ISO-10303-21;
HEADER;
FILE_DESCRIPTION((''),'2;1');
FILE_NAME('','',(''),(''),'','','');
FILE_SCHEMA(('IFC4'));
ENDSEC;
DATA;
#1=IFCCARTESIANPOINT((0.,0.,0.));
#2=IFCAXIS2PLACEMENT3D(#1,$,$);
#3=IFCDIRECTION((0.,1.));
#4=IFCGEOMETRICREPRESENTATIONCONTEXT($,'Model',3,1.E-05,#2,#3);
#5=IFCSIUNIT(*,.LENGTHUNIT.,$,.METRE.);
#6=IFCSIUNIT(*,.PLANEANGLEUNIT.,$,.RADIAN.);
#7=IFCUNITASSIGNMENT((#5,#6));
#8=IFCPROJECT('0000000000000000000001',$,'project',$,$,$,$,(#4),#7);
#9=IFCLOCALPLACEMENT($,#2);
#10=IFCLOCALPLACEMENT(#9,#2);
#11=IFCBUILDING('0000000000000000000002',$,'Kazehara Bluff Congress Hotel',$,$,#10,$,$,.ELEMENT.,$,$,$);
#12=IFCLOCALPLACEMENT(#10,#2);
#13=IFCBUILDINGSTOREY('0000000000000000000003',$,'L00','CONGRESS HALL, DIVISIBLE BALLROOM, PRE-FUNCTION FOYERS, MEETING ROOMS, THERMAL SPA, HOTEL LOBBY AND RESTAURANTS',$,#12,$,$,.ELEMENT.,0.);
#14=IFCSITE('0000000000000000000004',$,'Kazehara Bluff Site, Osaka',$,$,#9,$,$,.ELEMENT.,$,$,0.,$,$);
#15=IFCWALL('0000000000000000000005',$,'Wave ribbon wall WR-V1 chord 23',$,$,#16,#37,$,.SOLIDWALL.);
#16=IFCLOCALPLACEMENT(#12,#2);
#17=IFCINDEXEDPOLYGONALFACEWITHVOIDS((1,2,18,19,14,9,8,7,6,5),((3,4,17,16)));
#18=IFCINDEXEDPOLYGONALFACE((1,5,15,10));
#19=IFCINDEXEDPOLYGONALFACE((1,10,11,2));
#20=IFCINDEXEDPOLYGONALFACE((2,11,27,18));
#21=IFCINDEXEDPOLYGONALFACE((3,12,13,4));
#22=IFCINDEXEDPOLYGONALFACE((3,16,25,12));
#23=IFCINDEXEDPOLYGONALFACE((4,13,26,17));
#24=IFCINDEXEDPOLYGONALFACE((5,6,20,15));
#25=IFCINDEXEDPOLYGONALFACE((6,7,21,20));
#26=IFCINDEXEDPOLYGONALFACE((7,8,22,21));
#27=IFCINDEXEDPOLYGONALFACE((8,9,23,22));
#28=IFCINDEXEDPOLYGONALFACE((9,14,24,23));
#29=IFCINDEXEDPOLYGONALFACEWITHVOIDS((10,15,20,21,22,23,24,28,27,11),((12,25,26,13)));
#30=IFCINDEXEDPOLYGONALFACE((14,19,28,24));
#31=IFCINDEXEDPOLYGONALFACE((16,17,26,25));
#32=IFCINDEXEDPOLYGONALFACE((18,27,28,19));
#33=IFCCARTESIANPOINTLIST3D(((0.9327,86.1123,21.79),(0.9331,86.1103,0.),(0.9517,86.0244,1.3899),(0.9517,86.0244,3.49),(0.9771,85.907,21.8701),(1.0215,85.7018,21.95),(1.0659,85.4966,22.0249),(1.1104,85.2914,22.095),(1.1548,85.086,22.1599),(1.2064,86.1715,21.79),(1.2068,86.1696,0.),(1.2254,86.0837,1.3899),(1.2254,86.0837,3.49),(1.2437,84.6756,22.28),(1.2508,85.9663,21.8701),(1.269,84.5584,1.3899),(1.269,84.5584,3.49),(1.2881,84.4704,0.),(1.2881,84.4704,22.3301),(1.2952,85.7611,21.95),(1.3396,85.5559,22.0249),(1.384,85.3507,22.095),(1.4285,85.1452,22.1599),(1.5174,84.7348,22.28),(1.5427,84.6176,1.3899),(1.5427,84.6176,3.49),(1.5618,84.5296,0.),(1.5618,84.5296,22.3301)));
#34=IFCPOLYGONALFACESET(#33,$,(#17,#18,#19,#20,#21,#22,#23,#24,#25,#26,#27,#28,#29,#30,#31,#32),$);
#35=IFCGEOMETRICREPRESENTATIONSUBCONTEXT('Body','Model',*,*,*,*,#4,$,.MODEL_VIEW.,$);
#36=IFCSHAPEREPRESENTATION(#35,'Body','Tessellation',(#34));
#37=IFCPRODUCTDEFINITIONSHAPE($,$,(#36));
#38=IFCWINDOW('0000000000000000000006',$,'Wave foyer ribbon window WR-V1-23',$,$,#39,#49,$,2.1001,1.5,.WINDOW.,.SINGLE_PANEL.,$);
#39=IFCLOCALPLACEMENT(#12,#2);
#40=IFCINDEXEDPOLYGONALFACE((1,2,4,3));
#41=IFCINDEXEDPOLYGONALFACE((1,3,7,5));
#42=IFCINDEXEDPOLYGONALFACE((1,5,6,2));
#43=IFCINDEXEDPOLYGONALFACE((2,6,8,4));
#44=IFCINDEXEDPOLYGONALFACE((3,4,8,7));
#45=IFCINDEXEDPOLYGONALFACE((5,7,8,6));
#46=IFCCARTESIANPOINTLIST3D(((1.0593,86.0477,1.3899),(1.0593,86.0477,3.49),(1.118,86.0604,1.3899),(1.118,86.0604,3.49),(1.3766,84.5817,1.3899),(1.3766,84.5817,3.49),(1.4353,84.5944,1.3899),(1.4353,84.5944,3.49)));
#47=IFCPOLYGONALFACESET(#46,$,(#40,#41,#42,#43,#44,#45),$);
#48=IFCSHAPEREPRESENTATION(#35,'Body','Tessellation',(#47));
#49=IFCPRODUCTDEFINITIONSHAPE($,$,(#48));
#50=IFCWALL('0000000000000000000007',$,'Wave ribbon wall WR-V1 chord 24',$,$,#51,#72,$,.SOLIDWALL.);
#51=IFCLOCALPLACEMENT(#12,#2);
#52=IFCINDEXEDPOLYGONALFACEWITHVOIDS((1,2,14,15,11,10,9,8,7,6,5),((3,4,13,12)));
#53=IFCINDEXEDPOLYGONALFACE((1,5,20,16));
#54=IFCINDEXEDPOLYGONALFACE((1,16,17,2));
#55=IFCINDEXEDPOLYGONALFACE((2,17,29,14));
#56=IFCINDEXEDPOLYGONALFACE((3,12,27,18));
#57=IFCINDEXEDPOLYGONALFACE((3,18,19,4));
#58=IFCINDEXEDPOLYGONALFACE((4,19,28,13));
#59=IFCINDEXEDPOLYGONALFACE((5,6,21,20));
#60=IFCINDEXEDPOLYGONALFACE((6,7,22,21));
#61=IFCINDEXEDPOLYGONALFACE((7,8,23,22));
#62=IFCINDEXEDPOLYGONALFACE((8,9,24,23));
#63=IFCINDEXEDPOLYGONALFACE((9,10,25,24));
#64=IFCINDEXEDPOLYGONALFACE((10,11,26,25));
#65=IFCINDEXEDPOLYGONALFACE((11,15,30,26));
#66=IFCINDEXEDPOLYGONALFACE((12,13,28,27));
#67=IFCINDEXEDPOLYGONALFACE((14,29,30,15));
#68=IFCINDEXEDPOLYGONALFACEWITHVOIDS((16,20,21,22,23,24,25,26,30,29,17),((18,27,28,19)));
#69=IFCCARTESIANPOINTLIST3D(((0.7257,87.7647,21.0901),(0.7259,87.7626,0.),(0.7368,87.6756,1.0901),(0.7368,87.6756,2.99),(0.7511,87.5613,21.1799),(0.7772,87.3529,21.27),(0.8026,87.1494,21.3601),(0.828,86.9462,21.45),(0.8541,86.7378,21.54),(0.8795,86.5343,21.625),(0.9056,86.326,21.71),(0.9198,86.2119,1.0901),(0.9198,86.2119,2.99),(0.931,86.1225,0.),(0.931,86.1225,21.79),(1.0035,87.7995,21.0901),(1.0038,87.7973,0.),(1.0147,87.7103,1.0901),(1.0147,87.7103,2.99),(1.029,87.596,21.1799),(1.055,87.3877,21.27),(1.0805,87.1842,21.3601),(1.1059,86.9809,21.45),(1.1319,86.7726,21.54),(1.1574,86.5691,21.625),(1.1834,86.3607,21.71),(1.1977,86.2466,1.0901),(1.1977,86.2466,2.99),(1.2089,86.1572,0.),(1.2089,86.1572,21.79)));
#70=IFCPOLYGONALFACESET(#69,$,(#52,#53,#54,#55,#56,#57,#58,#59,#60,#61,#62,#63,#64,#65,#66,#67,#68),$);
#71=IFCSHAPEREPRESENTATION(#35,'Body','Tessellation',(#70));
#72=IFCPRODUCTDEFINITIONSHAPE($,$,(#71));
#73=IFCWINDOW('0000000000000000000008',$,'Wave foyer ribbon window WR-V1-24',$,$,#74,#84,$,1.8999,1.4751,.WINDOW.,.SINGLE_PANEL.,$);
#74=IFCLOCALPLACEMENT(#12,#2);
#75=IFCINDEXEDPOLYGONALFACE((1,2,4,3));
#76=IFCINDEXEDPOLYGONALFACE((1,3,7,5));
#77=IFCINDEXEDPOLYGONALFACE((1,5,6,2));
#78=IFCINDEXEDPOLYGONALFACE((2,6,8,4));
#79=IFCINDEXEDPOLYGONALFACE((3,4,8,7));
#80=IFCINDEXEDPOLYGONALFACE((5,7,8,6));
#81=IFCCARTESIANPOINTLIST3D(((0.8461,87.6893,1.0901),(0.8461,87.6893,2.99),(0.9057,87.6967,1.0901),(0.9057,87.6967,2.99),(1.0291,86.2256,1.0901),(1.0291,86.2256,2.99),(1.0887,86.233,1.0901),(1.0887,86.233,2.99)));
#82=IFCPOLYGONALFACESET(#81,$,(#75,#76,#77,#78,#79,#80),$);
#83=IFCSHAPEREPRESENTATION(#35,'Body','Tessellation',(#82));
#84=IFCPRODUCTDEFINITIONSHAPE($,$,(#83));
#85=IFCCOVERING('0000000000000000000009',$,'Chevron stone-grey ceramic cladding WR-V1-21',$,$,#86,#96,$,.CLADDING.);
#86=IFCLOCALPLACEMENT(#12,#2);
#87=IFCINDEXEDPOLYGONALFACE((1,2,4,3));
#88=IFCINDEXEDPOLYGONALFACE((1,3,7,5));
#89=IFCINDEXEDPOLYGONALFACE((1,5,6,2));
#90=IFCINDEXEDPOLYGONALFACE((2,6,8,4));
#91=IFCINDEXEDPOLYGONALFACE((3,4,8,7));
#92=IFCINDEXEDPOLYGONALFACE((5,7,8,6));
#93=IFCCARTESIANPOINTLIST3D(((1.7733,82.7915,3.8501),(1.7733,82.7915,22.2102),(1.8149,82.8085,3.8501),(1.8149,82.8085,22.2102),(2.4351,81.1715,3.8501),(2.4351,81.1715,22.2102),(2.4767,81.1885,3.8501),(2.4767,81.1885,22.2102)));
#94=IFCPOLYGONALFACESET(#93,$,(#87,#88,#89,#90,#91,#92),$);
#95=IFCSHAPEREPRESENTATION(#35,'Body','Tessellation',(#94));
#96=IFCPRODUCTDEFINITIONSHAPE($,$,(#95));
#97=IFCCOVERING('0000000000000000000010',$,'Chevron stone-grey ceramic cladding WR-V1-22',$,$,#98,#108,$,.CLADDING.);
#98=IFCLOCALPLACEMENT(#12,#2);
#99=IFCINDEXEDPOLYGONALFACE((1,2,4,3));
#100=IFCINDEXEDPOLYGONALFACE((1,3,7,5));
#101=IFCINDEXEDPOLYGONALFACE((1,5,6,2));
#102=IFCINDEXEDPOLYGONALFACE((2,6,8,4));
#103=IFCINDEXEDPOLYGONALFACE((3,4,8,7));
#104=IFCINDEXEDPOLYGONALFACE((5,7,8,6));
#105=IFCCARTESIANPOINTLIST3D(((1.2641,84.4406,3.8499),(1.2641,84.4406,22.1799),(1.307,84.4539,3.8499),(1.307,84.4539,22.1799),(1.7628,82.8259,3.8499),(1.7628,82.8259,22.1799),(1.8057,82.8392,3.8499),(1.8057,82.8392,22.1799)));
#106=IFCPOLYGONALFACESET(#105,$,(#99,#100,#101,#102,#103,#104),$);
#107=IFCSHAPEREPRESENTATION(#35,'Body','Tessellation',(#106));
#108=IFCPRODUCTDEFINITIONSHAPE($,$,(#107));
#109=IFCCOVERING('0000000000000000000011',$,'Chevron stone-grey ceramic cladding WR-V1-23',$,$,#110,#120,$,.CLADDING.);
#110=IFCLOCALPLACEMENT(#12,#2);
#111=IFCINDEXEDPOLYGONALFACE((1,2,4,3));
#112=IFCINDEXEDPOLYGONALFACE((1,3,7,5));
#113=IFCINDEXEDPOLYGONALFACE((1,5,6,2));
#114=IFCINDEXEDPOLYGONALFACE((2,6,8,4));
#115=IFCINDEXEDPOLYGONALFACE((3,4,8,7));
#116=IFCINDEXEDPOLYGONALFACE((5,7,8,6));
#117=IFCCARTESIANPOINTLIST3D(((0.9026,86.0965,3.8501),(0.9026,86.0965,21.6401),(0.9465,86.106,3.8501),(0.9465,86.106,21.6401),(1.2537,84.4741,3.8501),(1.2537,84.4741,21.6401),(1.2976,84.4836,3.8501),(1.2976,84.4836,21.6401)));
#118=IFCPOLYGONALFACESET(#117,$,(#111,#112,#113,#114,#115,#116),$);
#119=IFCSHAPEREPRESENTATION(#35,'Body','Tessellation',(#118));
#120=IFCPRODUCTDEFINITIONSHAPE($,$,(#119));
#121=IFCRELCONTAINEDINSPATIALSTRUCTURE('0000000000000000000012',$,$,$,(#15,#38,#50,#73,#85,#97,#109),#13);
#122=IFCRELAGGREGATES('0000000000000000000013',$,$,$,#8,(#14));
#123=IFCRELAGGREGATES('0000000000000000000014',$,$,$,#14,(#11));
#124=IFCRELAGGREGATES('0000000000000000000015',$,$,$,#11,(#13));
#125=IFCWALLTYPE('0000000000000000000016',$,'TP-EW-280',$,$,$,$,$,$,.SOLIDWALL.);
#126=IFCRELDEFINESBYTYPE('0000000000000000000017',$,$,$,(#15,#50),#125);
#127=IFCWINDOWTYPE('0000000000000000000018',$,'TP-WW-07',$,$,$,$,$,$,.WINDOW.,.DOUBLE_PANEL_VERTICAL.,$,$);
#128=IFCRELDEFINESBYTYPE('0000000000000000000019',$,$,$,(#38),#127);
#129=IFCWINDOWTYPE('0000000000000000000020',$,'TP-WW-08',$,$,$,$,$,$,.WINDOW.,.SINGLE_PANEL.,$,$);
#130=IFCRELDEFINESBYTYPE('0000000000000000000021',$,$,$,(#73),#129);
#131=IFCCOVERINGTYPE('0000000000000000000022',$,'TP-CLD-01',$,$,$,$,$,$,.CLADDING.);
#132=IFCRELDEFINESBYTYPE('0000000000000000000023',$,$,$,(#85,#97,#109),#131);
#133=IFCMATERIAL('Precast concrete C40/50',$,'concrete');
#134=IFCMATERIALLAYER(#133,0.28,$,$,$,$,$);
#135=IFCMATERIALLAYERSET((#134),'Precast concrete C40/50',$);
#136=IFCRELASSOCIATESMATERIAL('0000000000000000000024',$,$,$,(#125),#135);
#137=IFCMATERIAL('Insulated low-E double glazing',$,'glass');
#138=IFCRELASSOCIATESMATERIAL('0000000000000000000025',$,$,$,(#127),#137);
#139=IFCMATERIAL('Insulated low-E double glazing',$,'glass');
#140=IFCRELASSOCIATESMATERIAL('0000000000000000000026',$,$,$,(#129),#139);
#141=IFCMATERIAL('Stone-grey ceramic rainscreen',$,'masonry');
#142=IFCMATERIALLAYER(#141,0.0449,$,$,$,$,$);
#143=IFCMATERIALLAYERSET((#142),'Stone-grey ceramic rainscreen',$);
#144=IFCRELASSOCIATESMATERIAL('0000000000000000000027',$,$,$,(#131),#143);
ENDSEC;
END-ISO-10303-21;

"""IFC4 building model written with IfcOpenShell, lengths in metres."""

from ifc_helpers import new_model, si_unit, direction, frame, frame_2d, origin, origin_2d, place, context, subcontext, project, spatial, polyline, rectangle, outline, extrude, material, layer, layer_set, type_object, element, fill, save


model = new_model("IFC4")

# Units and contexts
model_context = context("Model", 3, precision=1e-05, world=origin(), true_north=direction((0.0, 1.0)))
body_context = subcontext(model_context, "Body", "Model", "MODEL_VIEW")
ifc_project = project(units=[si_unit("LENGTHUNIT", "METRE"), si_unit("PLANEANGLEUNIT", "RADIAN")], contexts=[model_context])

# Site, building, storey
site_placement = place(None, origin())
site = spatial("IfcSite", under=ifc_project, at=site_placement, Name="Kazehara Bluff Site, Osaka", CompositionType="ELEMENT", RefElevation=0.0)
building_placement = place(site_placement, origin())
building = spatial("IfcBuilding", under=site, at=building_placement, Name="Kazehara Bluff Congress Hotel", CompositionType="ELEMENT")
storey_placement = place(building_placement, origin())
storey = spatial("IfcBuildingStorey", under=building, at=storey_placement, Name="L00", Description="CONGRESS HALL, DIVISIBLE BALLROOM, PRE-FUNCTION FOYERS, MEETING ROOMS, THERMAL SPA, HOTEL LOBBY AND RESTAURANTS", CompositionType="ELEMENT", Elevation=0.0)

# Walls, openings, windows
ifc_material_1 = material(Name="Precast concrete C40/50", Category="concrete")
ifc_layer_1 = layer(ifc_material_1, 0.28)
ifc_layer_set_1 = layer_set([ifc_layer_1], Name="Precast concrete C40/50")
wall_type = type_object("IfcWallType", Name="TP-EW-280", PredefinedType="SOLIDWALL", material=ifc_layer_set_1)
wall_1_placement = place(storey_placement, frame((1.425, 84.5, 0.0), z_axis=(0.0, 0.0, 1.0), x_axis=(-0.211566, 0.977364, 0.0)))
wall_1 = element("IfcWall", 1, at=wall_1_placement, inside=storey, type_object=wall_type, Name="Wave ribbon wall WR-V1 chord 23", PredefinedType="SOLIDWALL", context=body_context, shape_type="SweptSolid", body=[
    extrude(outline(polyline([(0.0, 0.0), (1.678, 0.0), (1.6799, 21.79), (1.47, 21.8701), (1.26, 21.95), (1.05, 22.0249), (0.8401, 22.095), (0.6299, 22.1599), (0.4199, 22.22), (0.21, 22.28), (0.0, 22.3301), (0.0, 0.0)])), frame((0.0, 0.1401, 0.0), z_axis=(0.0, -1.0, 0.0), x_axis=(1.0, 0.0, 0.0)), (0.0, 0.0, 1.0), 0.28),
])
opening_1_placement = place(wall_1_placement, frame((0.0901, 0.0, 1.3899)))
opening_1 = element("IfcOpeningElement", 2, at=opening_1_placement, cuts=wall_1, PredefinedType="OPENING", context=body_context, shape_type="SweptSolid", body=[
    extrude(rectangle(XDim=1.5, YDim=2.1001, at=frame_2d((0.75, 1.05))), frame((0.0, 0.1499, 0.0), z_axis=(0.0, -1.0, 0.0), x_axis=(1.0, 0.0, 0.0)), (0.0, 0.0, 1.0), 0.3),
])
ifc_material_2 = material(Name="Insulated low-E double glazing", Category="glass")
window_type_1 = type_object("IfcWindowType", Name="TP-WW-07", PartitioningType="DOUBLE_PANEL_VERTICAL", PredefinedType="WINDOW", material=ifc_material_2)
window_1_placement = place(opening_1_placement, origin())
window_1 = element("IfcWindow", 3, at=window_1_placement, inside=storey, type_object=window_type_1, Name="Wave foyer ribbon window WR-V1-23", OverallHeight=2.1001, OverallWidth=1.5, PartitioningType="SINGLE_PANEL", PredefinedType="WINDOW", context=body_context, shape_type="SweptSolid", body=[
    extrude(rectangle(XDim=1.5, YDim=2.1001, at=frame_2d((0.75, 1.05))), frame((0.0, 0.03, 0.0), z_axis=(0.0, -1.0, 0.0), x_axis=(1.0, 0.0, 0.0)), (0.0, 0.0, 1.0), 0.0601),
])
fill(opening_1, window_1)
wall_2_placement = place(storey_placement, frame((1.0701, 86.1399, 0.0), z_axis=(0.0, 0.0, 1.0), x_axis=(-0.124071, 0.992273, 0.0)))
wall_2 = element("IfcWall", 4, at=wall_2_placement, inside=storey, type_object=wall_type, Name="Wave ribbon wall WR-V1 chord 24", PredefinedType="SOLIDWALL", context=body_context, shape_type="SweptSolid", body=[
    extrude(outline(polyline([(0.0, 0.0), (1.6528, 0.0), (1.655, 21.0901), (1.45, 21.1799), (1.24, 21.27), (1.0349, 21.3601), (0.8301, 21.45), (0.6201, 21.54), (0.415, 21.625), (0.2051, 21.71), (0.0, 21.79), (0.0, 0.0)])), frame((0.0, 0.1401, 0.0), z_axis=(0.0, -1.0, 0.0), x_axis=(1.0, 0.0, 0.0)), (0.0, 0.0, 1.0), 0.28),
])
opening_2_placement = place(wall_2_placement, frame((0.0901, 0.0, 1.0901)))
opening_2 = element("IfcOpeningElement", 5, at=opening_2_placement, cuts=wall_2, PredefinedType="OPENING", context=body_context, shape_type="SweptSolid", body=[
    extrude(rectangle(XDim=1.4751, YDim=1.8999, at=frame_2d((0.7375, 0.95))), frame((0.0, 0.1499, 0.0), z_axis=(0.0, -1.0, 0.0), x_axis=(1.0, 0.0, 0.0)), (0.0, 0.0, 1.0), 0.3),
])
ifc_material_3 = material(Name="Insulated low-E double glazing", Category="glass")
window_type_2 = type_object("IfcWindowType", Name="TP-WW-08", PartitioningType="SINGLE_PANEL", PredefinedType="WINDOW", material=ifc_material_3)
window_2_placement = place(opening_2_placement, origin())
window_2 = element("IfcWindow", 6, at=window_2_placement, inside=storey, type_object=window_type_2, Name="Wave foyer ribbon window WR-V1-24", OverallHeight=1.8999, OverallWidth=1.4751, PartitioningType="SINGLE_PANEL", PredefinedType="WINDOW", context=body_context, shape_type="SweptSolid", body=[
    extrude(rectangle(XDim=1.4751, YDim=1.8999, at=frame_2d((0.7375, 0.95))), frame((0.0, 0.03, 0.0), z_axis=(0.0, -1.0, 0.0), x_axis=(1.0, 0.0, 0.0)), (0.0, 0.0, 1.0), 0.0601),
])
fill(opening_2, window_2)

# Coverings
ifc_material_4 = material(Name="Stone-grey ceramic rainscreen", Category="masonry")
ifc_layer_2 = layer(ifc_material_4, 0.0449)
ifc_layer_set_2 = layer_set([ifc_layer_2], Name="Stone-grey ceramic rainscreen")
covering_type_1 = type_object("IfcCoveringType", Name="TP-CLD-01", PredefinedType="CLADDING", material=ifc_layer_set_2)
covering_1_placement = place(storey_placement, frame((2.125, 81.99, 3.8501), z_axis=(0.0, 0.0, 1.0), x_axis=(-0.378193, 0.925727, 0.0)))
element("IfcCovering", 7, at=covering_1_placement, inside=storey, type_object=covering_type_1, Name="Chevron stone-grey ceramic cladding WR-V1-21", PredefinedType="CLADDING", context=body_context, shape_type="SweptSolid", body=[
    extrude(rectangle(XDim=1.75, YDim=0.0449, at=origin_2d()), origin(), (0.0, 0.0, 1.0), 18.3601),
])
covering_2_placement = place(storey_placement, frame((1.5349, 83.6399, 3.8499), z_axis=(0.0, 0.0, 1.0), x_axis=(-0.295113, 0.955462, 0.0)))
element("IfcCovering", 8, at=covering_2_placement, inside=storey, type_object=covering_type_1, Name="Chevron stone-grey ceramic cladding WR-V1-22", PredefinedType="CLADDING", context=body_context, shape_type="SweptSolid", body=[
    extrude(rectangle(XDim=1.6899, YDim=0.0449, at=origin_2d()), origin(), (0.0, 0.0, 1.0), 18.3301),
])
covering_3_placement = place(storey_placement, frame((1.1001, 85.29, 3.8501), z_axis=(0.0, 0.0, 1.0), x_axis=(-0.211564, 0.977364, 0.0)))
element("IfcCovering", 9, at=covering_3_placement, inside=storey, type_object=covering_type_1, Name="Chevron stone-grey ceramic cladding WR-V1-23", PredefinedType="CLADDING", context=body_context, shape_type="SweptSolid", body=[
    extrude(rectangle(XDim=1.6599, YDim=0.0449, at=origin_2d()), origin(), (0.0, 0.0, 1.0), 17.79),
])

save(model, "model.ifc")
